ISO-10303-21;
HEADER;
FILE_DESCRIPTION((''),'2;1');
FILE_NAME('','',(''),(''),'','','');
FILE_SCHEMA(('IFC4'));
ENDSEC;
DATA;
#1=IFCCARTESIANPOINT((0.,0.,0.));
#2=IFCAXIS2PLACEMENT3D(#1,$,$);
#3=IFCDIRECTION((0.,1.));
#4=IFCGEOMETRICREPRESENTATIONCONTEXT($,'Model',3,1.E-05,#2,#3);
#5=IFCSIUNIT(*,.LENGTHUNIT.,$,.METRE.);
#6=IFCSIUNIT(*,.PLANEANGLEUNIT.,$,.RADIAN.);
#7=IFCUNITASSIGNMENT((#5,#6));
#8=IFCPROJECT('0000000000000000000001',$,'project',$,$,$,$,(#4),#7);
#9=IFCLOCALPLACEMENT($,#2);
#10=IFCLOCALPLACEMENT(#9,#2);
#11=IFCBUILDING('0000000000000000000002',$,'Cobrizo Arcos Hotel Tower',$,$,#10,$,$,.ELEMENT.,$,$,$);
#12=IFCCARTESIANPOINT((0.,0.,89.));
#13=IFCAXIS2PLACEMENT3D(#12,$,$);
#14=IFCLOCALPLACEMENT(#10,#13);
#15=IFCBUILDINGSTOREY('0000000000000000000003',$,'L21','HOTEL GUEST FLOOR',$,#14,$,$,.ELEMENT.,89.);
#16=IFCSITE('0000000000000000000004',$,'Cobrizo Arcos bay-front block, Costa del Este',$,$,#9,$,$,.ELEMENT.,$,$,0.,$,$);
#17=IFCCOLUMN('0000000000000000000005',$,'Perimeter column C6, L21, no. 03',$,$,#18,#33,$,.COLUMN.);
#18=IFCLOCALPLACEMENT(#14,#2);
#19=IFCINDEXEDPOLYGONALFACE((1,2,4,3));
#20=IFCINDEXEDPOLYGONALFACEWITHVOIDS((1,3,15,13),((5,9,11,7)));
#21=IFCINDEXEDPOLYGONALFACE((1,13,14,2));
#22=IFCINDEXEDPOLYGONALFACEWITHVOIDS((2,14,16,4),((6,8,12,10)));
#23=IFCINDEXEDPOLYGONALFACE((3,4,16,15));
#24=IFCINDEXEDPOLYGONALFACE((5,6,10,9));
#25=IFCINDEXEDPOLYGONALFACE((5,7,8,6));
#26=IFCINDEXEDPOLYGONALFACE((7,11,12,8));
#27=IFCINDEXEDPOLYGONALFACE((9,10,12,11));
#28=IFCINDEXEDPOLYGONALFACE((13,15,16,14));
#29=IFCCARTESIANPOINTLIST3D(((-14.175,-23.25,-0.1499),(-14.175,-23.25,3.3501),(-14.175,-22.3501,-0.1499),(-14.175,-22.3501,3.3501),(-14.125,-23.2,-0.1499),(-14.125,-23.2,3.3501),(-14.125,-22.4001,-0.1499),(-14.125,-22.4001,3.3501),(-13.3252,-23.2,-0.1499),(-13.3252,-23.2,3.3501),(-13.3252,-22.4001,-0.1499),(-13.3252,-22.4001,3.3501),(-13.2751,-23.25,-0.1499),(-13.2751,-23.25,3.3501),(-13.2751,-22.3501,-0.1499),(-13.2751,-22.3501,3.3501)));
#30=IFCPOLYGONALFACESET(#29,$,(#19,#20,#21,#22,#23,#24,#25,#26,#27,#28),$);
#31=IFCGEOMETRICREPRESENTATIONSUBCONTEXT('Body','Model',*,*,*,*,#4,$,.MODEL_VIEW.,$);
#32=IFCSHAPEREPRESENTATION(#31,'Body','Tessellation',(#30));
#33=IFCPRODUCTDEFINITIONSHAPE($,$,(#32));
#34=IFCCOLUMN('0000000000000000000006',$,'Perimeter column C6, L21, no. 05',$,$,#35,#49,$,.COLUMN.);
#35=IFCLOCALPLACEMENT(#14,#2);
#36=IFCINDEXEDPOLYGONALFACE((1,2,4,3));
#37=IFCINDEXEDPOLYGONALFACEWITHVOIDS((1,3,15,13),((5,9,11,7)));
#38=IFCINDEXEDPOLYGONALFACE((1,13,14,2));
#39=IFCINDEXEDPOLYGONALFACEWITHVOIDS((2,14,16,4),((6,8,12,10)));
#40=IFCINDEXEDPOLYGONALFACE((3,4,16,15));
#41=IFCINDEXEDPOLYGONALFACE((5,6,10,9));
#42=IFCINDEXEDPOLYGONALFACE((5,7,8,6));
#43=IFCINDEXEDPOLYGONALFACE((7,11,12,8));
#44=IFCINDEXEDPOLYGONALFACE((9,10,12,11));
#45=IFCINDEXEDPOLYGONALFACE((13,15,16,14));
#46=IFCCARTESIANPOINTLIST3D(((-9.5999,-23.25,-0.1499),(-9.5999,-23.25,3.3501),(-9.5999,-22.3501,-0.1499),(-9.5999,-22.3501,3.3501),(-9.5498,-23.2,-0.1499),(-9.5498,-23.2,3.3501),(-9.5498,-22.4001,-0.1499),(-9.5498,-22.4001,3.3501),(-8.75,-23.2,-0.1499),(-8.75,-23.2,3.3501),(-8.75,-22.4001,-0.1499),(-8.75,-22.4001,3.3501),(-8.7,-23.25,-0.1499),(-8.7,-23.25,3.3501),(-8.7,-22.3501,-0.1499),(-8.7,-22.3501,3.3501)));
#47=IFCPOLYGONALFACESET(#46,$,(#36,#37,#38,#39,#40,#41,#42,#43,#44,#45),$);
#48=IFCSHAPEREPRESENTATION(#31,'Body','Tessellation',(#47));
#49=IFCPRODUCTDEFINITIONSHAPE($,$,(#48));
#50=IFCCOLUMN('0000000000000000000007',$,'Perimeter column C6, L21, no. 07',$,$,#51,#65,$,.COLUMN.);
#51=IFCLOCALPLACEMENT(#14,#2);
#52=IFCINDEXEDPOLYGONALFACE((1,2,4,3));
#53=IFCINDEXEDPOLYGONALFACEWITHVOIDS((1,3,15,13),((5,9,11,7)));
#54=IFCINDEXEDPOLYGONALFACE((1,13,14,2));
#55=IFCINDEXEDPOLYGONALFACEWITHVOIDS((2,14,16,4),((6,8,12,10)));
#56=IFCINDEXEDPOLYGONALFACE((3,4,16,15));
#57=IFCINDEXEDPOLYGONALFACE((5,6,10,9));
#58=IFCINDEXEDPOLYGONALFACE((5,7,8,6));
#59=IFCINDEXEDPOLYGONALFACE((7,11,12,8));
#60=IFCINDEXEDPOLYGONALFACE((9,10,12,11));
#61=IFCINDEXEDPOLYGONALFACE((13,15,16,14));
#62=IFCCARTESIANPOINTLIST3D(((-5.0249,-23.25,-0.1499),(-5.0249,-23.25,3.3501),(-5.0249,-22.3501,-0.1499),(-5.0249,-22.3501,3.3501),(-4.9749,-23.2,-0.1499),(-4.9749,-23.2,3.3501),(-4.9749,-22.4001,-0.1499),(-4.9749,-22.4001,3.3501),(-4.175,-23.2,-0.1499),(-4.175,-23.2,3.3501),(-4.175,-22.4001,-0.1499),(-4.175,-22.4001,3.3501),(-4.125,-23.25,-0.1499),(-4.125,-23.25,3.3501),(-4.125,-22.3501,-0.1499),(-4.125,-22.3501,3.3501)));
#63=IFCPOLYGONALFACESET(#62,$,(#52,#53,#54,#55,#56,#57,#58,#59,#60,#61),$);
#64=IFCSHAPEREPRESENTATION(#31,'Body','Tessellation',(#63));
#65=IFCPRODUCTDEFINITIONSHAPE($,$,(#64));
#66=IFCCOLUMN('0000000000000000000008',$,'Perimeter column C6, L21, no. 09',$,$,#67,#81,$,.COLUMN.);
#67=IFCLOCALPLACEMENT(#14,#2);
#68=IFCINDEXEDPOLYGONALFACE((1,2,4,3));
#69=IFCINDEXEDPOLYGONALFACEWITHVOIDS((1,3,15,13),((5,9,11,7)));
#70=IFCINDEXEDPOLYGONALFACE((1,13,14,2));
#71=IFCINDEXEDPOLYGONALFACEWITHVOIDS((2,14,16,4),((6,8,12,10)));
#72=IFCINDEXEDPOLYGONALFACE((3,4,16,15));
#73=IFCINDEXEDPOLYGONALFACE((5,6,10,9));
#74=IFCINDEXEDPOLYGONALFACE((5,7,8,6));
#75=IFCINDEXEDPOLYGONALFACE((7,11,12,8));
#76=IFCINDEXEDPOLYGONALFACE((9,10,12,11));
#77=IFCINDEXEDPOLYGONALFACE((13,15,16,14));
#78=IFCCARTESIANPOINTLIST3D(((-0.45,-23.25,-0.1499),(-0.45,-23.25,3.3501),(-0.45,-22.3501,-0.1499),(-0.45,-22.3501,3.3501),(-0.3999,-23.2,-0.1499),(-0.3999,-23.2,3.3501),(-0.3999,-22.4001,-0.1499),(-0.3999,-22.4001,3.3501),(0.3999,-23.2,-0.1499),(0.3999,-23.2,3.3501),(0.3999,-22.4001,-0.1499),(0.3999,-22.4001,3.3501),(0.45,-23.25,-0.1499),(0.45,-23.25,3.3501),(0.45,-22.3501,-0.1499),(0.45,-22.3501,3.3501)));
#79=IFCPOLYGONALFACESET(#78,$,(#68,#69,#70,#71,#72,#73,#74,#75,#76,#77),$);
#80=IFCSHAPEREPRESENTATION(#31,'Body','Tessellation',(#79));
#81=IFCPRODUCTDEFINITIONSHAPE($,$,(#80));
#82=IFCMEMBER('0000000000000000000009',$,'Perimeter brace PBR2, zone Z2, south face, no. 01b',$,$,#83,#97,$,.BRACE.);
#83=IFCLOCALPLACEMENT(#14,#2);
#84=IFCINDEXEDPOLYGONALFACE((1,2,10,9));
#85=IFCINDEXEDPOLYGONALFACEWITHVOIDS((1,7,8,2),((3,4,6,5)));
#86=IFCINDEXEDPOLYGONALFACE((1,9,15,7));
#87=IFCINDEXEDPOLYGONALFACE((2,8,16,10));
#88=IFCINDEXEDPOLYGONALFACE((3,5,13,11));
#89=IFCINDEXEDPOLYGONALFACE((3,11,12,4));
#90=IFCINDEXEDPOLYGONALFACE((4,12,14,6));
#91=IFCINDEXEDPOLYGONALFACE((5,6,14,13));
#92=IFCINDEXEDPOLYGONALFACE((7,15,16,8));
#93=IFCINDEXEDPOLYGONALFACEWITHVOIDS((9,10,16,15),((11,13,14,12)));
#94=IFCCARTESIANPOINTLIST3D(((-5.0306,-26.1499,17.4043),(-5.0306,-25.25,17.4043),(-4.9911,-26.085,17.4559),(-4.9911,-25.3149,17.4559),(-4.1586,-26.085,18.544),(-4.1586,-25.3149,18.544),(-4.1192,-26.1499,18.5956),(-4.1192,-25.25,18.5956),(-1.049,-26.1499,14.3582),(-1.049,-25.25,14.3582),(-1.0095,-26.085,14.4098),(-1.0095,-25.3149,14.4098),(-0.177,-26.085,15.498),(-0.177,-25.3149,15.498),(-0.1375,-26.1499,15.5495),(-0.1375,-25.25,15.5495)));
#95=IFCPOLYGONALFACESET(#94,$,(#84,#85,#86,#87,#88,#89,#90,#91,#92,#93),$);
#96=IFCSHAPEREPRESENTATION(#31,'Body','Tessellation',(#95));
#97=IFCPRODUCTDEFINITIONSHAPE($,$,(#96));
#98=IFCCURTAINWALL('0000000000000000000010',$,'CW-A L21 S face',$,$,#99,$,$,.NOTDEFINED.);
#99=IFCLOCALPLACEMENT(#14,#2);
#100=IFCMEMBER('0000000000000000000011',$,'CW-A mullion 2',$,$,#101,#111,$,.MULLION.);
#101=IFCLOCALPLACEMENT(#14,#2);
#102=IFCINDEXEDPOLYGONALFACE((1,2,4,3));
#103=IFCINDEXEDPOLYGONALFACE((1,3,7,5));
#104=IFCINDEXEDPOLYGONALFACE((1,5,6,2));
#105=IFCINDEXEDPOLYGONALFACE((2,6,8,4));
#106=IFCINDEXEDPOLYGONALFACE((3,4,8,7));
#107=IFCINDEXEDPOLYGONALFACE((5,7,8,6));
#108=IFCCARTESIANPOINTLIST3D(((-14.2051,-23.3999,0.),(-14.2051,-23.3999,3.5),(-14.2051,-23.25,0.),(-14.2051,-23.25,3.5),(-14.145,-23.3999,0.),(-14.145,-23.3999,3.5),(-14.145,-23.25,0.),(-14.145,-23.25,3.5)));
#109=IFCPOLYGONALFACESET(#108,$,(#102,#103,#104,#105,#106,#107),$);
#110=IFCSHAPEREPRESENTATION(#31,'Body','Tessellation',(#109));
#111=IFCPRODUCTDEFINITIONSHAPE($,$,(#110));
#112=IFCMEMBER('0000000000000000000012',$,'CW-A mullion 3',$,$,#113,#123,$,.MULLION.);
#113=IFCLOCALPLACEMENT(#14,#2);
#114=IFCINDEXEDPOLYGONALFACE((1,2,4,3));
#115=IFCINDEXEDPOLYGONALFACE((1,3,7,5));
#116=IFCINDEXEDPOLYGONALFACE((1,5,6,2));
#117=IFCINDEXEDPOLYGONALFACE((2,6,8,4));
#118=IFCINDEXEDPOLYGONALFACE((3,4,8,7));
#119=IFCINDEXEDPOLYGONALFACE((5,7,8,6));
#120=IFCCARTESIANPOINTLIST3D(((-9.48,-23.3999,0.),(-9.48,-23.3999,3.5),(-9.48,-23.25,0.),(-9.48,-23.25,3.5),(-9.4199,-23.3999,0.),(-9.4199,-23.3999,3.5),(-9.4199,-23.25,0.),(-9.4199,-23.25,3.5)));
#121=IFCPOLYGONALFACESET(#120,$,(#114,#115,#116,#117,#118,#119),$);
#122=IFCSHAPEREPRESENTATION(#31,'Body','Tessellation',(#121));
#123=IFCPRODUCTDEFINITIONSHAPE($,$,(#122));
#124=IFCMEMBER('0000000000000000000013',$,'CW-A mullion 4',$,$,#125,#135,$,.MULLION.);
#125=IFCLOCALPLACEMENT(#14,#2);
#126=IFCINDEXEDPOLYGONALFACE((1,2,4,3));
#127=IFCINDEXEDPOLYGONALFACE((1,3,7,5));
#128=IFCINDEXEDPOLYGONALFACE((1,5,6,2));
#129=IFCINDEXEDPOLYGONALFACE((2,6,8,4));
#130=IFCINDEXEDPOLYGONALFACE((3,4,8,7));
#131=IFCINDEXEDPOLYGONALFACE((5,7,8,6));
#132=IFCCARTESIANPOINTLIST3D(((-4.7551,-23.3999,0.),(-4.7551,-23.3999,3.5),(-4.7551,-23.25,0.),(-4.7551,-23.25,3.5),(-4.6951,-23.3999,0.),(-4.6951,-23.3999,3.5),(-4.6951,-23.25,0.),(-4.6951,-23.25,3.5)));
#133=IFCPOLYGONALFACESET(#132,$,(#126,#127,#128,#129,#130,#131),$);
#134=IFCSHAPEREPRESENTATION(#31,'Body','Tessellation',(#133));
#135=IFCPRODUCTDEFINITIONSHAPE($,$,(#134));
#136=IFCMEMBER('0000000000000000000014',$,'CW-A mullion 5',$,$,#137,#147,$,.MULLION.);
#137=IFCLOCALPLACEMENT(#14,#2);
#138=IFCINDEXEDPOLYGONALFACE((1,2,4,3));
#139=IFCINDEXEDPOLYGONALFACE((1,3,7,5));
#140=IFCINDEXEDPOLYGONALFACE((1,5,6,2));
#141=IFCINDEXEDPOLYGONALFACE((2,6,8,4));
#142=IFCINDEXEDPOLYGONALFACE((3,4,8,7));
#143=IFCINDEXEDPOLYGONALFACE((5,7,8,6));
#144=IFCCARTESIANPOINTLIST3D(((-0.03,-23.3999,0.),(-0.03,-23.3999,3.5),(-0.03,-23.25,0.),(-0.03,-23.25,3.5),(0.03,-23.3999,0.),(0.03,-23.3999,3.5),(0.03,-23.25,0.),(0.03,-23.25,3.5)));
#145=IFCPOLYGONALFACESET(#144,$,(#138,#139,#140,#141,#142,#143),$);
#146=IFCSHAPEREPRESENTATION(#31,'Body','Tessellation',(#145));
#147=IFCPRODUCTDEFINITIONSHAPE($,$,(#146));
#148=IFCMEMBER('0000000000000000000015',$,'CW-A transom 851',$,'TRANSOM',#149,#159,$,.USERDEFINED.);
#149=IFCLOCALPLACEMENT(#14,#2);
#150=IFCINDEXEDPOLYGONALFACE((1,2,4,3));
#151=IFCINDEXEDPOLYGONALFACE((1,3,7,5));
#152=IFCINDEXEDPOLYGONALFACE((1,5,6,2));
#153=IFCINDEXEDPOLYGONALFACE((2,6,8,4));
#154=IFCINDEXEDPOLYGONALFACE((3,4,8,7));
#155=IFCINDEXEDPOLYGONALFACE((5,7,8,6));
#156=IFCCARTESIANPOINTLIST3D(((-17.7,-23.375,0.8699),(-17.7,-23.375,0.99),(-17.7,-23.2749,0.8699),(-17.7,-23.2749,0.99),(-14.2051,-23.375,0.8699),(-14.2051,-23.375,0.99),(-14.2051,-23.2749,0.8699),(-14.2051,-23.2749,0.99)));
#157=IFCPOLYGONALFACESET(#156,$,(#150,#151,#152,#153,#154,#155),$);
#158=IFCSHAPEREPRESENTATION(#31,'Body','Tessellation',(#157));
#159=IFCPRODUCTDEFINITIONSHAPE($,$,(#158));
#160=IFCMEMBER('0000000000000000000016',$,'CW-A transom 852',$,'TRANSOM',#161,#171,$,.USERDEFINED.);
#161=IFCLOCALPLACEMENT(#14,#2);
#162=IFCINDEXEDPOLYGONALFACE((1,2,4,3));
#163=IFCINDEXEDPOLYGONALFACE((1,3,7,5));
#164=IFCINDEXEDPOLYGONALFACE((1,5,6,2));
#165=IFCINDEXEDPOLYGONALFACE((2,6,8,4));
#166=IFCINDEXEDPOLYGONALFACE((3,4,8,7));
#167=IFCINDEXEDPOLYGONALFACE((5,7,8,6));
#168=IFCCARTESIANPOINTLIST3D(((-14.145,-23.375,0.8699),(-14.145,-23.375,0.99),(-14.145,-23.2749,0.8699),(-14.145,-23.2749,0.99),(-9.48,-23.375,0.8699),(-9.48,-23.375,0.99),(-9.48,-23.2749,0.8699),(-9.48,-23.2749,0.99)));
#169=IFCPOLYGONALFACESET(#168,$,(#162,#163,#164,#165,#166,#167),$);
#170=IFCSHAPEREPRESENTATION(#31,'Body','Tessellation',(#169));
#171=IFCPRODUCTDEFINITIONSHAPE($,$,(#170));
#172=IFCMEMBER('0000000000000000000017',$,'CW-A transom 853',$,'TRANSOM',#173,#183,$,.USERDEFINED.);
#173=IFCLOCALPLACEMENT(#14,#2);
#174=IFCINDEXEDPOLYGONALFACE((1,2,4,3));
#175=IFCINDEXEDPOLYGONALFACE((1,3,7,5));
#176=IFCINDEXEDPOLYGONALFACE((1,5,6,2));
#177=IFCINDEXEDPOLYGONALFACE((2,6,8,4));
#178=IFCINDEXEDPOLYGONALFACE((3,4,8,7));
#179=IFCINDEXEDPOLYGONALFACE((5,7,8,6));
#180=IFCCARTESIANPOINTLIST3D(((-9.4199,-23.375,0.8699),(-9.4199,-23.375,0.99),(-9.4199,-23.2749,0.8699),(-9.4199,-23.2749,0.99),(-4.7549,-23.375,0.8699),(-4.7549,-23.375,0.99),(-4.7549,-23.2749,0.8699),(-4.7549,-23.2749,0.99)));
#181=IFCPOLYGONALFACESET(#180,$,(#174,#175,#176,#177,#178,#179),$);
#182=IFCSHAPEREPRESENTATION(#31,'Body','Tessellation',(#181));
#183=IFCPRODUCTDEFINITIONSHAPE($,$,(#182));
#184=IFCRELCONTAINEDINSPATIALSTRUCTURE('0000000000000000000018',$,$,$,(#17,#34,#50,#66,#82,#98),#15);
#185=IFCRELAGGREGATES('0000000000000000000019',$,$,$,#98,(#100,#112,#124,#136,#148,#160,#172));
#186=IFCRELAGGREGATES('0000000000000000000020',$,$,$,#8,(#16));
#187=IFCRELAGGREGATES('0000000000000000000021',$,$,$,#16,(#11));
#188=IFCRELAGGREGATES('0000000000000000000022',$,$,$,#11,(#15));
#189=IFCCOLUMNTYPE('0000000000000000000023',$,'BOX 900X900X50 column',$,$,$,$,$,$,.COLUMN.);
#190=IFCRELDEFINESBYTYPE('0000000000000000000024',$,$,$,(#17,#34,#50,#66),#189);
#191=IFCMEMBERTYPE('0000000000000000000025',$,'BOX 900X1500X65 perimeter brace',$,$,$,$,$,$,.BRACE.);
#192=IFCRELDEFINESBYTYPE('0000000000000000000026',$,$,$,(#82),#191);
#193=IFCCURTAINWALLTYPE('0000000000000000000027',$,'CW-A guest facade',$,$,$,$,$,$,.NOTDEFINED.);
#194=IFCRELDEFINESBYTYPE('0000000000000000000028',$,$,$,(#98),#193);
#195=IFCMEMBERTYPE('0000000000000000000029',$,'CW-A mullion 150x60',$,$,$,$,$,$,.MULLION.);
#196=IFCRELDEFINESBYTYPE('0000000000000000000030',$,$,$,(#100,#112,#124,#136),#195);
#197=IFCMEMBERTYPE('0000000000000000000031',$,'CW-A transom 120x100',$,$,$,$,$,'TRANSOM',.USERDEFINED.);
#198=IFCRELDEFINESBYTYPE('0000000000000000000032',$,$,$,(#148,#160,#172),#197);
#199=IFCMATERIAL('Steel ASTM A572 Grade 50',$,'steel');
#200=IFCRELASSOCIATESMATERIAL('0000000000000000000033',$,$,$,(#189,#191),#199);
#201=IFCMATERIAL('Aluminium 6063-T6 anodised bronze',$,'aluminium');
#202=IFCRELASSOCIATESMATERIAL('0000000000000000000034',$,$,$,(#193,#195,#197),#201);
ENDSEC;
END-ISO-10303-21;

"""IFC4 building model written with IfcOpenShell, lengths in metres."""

from ifc_helpers import new_model, si_unit, direction, frame, origin, origin_2d, place, context, subcontext, project, spatial, rectangle, hollow_rectangle, extrude, material, material_profile, profile_set, type_object, element, aggregate, save


model = new_model("IFC4")

# Units and contexts
model_context = context("Model", 3, precision=1e-05, world=origin(), true_north=direction((0.0, 1.0)))
body_context = subcontext(model_context, "Body", "Model", "MODEL_VIEW")
ifc_project = project(units=[si_unit("LENGTHUNIT", "METRE"), si_unit("PLANEANGLEUNIT", "RADIAN")], contexts=[model_context])

# Site, building, storey
site_placement = place(None, origin())
site = spatial("IfcSite", under=ifc_project, at=site_placement, Name="Cobrizo Arcos bay-front block, Costa del Este", CompositionType="ELEMENT", RefElevation=0.0)
building_placement = place(site_placement, origin())
building = spatial("IfcBuilding", under=site, at=building_placement, Name="Cobrizo Arcos Hotel Tower", CompositionType="ELEMENT")
storey_placement = place(building_placement, frame((0.0, 0.0, 89.0)))
storey = spatial("IfcBuildingStorey", under=building, at=storey_placement, Name="L21", Description="HOTEL GUEST FLOOR", CompositionType="ELEMENT", Elevation=89.0)

# Columns
ifc_material_1 = material(Name="Steel ASTM A572 Grade 50", Category="steel")
ifc_material_profile_1 = material_profile(ifc_material_1, hollow_rectangle(XDim=0.8999, YDim=0.8999, WallThickness=0.05, at=origin_2d()), Name="BOX 900X900X50")
ifc_profile_set_1 = profile_set([ifc_material_profile_1], Name="Steel ASTM A572 Grade 50")
column_type = type_object("IfcColumnType", Name="BOX 900X900X50 column", PredefinedType="COLUMN", material=ifc_profile_set_1)
for number, where, z_axis, x_axis, name in (
    (1, (-13.7251, -22.8, -0.1499), (0.0, 0.0, 1.0), (1.0, 0.0, 0.0), "Perimeter column C6, L21, no. 03"),
    (2, (-9.1499, -22.8, -0.1499), (0.0, 0.0, 1.0), (1.0, 0.0, 0.0), "Perimeter column C6, L21, no. 05"),
    (3, (-4.575, -22.8, -0.1499), (0.0, 0.0, 1.0), (1.0, 0.0, 0.0), "Perimeter column C6, L21, no. 07"),
    (4, (0.0, -22.8, -0.1499), (0.0, 0.0, 1.0), (1.0, 0.0, 0.0), "Perimeter column C6, L21, no. 09"),
):
    element("IfcColumn", number, at=place(storey_placement, frame(where, z_axis=z_axis, x_axis=x_axis)), inside=storey, type_object=column_type, Name=name, PredefinedType="COLUMN", context=body_context, shape_type="SweptSolid", body=[
        extrude(hollow_rectangle(XDim=0.8999, YDim=0.8999, WallThickness=0.05, at=origin_2d()), origin(), (0.0, 0.0, 1.0), 3.5),
    ])

# Member
ifc_material_profile_2 = material_profile(ifc_material_1, hollow_rectangle(XDim=0.8999, YDim=1.5, WallThickness=0.0649, at=origin_2d()), Name="BOX 900X1500X65")
ifc_profile_set_2 = profile_set([ifc_material_profile_2], Name="Steel ASTM A572 Grade 50")
member_type_1 = type_object("IfcMemberType", Name="BOX 900X1500X65 perimeter brace", PredefinedType="BRACE", material=ifc_profile_set_2)
member_1_placement = place(storey_placement, frame((-0.5933, -25.7, 14.9539), z_axis=(-0.794231, 0.0, 0.607616), x_axis=(0.0, -1.0, 0.0)))
element("IfcMember", 5, at=member_1_placement, inside=storey, type_object=member_type_1, Name="Perimeter brace PBR2, zone Z2, south face, no. 01b", PredefinedType="BRACE", context=body_context, shape_type="SweptSolid", body=[
    extrude(hollow_rectangle(XDim=0.8999, YDim=1.5, WallThickness=0.0649, at=origin_2d()), origin(), (0.0, 0.0, 1.0), 5.0132),
])

# Curtain wall, members
ifc_material_2 = material(Name="Aluminium 6063-T6 anodised bronze", Category="aluminium")
curtain_wall_type = type_object("IfcCurtainWallType", Name="CW-A guest facade", PredefinedType="NOTDEFINED", material=ifc_material_2)
curtain_wall_placement = place(storey_placement, origin())
curtain_wall = element("IfcCurtainWall", 6, at=curtain_wall_placement, inside=storey, type_object=curtain_wall_type, Name="CW-A L21 S face", PredefinedType="NOTDEFINED")
ifc_material_profile_3 = material_profile(ifc_material_2, rectangle(XDim=0.1499, YDim=0.0601, at=origin_2d()), Name="CW-A mullion 150x60")
ifc_profile_set_3 = profile_set([ifc_material_profile_3], Name="Aluminium 6063-T6 anodised bronze")
member_type_2 = type_object("IfcMemberType", Name="CW-A mullion 150x60", PredefinedType="MULLION", material=ifc_profile_set_3)
member_2_placement = place(storey_placement, frame((-14.175, -23.325, 0.0), z_axis=(0.0, 0.0, 1.0), x_axis=(0.0, -1.0, 0.0)))
member_2 = element("IfcMember", 7, at=member_2_placement, type_object=member_type_2, Name="CW-A mullion 2", PredefinedType="MULLION", context=body_context, shape_type="SweptSolid", body=[
    extrude(rectangle(XDim=0.1499, YDim=0.0601, at=origin_2d()), origin(), (0.0, 0.0, 1.0), 3.5),
])
member_3_placement = place(storey_placement, frame((-9.45, -23.325, 0.0), z_axis=(0.0, 0.0, 1.0), x_axis=(0.0, -1.0, 0.0)))
member_3 = element("IfcMember", 8, at=member_3_placement, type_object=member_type_2, Name="CW-A mullion 3", PredefinedType="MULLION", context=body_context, shape_type="SweptSolid", body=[
    extrude(rectangle(XDim=0.1499, YDim=0.0601, at=origin_2d()), origin(), (0.0, 0.0, 1.0), 3.5),
])
member_4_placement = place(storey_placement, frame((-4.7251, -23.325, 0.0), z_axis=(0.0, 0.0, 1.0), x_axis=(0.0, -1.0, 0.0)))
member_4 = element("IfcMember", 9, at=member_4_placement, type_object=member_type_2, Name="CW-A mullion 4", PredefinedType="MULLION", context=body_context, shape_type="SweptSolid", body=[
    extrude(rectangle(XDim=0.1499, YDim=0.0601, at=origin_2d()), origin(), (0.0, 0.0, 1.0), 3.5),
])
member_5_placement = place(storey_placement, frame((0.0, -23.325, 0.0), z_axis=(0.0, 0.0, 1.0), x_axis=(0.0, -1.0, 0.0)))
member_5 = element("IfcMember", 10, at=member_5_placement, type_object=member_type_2, Name="CW-A mullion 5", PredefinedType="MULLION", context=body_context, shape_type="SweptSolid", body=[
    extrude(rectangle(XDim=0.1499, YDim=0.0601, at=origin_2d()), origin(), (0.0, 0.0, 1.0), 3.5),
])
ifc_material_profile_4 = material_profile(ifc_material_2, rectangle(XDim=0.1001, YDim=0.1201, at=origin_2d()), Name="CW-A transom 120x100")
ifc_profile_set_4 = profile_set([ifc_material_profile_4], Name="Aluminium 6063-T6 anodised bronze")
member_type_3 = type_object("IfcMemberType", Name="CW-A transom 120x100", ElementType="TRANSOM", PredefinedType="USERDEFINED", material=ifc_profile_set_4)
member_6_placement = place(storey_placement, frame((-17.7, -23.325, 0.9299), z_axis=(1.0, 0.0, 0.0), x_axis=(0.0, 1.0, 0.0)))
member_6 = element("IfcMember", 11, at=member_6_placement, type_object=member_type_3, Name="CW-A transom 851", ObjectType="TRANSOM", PredefinedType="USERDEFINED", context=body_context, shape_type="SweptSolid", body=[
    extrude(rectangle(XDim=0.1001, YDim=0.1201, at=origin_2d()), origin(), (0.0, 0.0, 1.0), 3.4949),
])
member_7_placement = place(storey_placement, frame((-14.145, -23.325, 0.9299), z_axis=(1.0, 0.0, 0.0), x_axis=(0.0, 1.0, 0.0)))
member_7 = element("IfcMember", 12, at=member_7_placement, type_object=member_type_3, Name="CW-A transom 852", ObjectType="TRANSOM", PredefinedType="USERDEFINED", context=body_context, shape_type="SweptSolid", body=[
    extrude(rectangle(XDim=0.1001, YDim=0.1201, at=origin_2d()), origin(), (0.0, 0.0, 1.0), 4.665),
])
member_8_placement = place(storey_placement, frame((-9.4199, -23.325, 0.9299), z_axis=(1.0, 0.0, 0.0), x_axis=(0.0, 1.0, 0.0)))
member_8 = element("IfcMember", 13, at=member_8_placement, type_object=member_type_3, Name="CW-A transom 853", ObjectType="TRANSOM", PredefinedType="USERDEFINED", context=body_context, shape_type="SweptSolid", body=[
    extrude(rectangle(XDim=0.1001, YDim=0.1201, at=origin_2d()), origin(), (0.0, 0.0, 1.0), 4.665),
])

aggregate(curtain_wall, [member_2, member_3, member_4, member_5, member_6, member_7, member_8])

save(model, "model.ifc")
